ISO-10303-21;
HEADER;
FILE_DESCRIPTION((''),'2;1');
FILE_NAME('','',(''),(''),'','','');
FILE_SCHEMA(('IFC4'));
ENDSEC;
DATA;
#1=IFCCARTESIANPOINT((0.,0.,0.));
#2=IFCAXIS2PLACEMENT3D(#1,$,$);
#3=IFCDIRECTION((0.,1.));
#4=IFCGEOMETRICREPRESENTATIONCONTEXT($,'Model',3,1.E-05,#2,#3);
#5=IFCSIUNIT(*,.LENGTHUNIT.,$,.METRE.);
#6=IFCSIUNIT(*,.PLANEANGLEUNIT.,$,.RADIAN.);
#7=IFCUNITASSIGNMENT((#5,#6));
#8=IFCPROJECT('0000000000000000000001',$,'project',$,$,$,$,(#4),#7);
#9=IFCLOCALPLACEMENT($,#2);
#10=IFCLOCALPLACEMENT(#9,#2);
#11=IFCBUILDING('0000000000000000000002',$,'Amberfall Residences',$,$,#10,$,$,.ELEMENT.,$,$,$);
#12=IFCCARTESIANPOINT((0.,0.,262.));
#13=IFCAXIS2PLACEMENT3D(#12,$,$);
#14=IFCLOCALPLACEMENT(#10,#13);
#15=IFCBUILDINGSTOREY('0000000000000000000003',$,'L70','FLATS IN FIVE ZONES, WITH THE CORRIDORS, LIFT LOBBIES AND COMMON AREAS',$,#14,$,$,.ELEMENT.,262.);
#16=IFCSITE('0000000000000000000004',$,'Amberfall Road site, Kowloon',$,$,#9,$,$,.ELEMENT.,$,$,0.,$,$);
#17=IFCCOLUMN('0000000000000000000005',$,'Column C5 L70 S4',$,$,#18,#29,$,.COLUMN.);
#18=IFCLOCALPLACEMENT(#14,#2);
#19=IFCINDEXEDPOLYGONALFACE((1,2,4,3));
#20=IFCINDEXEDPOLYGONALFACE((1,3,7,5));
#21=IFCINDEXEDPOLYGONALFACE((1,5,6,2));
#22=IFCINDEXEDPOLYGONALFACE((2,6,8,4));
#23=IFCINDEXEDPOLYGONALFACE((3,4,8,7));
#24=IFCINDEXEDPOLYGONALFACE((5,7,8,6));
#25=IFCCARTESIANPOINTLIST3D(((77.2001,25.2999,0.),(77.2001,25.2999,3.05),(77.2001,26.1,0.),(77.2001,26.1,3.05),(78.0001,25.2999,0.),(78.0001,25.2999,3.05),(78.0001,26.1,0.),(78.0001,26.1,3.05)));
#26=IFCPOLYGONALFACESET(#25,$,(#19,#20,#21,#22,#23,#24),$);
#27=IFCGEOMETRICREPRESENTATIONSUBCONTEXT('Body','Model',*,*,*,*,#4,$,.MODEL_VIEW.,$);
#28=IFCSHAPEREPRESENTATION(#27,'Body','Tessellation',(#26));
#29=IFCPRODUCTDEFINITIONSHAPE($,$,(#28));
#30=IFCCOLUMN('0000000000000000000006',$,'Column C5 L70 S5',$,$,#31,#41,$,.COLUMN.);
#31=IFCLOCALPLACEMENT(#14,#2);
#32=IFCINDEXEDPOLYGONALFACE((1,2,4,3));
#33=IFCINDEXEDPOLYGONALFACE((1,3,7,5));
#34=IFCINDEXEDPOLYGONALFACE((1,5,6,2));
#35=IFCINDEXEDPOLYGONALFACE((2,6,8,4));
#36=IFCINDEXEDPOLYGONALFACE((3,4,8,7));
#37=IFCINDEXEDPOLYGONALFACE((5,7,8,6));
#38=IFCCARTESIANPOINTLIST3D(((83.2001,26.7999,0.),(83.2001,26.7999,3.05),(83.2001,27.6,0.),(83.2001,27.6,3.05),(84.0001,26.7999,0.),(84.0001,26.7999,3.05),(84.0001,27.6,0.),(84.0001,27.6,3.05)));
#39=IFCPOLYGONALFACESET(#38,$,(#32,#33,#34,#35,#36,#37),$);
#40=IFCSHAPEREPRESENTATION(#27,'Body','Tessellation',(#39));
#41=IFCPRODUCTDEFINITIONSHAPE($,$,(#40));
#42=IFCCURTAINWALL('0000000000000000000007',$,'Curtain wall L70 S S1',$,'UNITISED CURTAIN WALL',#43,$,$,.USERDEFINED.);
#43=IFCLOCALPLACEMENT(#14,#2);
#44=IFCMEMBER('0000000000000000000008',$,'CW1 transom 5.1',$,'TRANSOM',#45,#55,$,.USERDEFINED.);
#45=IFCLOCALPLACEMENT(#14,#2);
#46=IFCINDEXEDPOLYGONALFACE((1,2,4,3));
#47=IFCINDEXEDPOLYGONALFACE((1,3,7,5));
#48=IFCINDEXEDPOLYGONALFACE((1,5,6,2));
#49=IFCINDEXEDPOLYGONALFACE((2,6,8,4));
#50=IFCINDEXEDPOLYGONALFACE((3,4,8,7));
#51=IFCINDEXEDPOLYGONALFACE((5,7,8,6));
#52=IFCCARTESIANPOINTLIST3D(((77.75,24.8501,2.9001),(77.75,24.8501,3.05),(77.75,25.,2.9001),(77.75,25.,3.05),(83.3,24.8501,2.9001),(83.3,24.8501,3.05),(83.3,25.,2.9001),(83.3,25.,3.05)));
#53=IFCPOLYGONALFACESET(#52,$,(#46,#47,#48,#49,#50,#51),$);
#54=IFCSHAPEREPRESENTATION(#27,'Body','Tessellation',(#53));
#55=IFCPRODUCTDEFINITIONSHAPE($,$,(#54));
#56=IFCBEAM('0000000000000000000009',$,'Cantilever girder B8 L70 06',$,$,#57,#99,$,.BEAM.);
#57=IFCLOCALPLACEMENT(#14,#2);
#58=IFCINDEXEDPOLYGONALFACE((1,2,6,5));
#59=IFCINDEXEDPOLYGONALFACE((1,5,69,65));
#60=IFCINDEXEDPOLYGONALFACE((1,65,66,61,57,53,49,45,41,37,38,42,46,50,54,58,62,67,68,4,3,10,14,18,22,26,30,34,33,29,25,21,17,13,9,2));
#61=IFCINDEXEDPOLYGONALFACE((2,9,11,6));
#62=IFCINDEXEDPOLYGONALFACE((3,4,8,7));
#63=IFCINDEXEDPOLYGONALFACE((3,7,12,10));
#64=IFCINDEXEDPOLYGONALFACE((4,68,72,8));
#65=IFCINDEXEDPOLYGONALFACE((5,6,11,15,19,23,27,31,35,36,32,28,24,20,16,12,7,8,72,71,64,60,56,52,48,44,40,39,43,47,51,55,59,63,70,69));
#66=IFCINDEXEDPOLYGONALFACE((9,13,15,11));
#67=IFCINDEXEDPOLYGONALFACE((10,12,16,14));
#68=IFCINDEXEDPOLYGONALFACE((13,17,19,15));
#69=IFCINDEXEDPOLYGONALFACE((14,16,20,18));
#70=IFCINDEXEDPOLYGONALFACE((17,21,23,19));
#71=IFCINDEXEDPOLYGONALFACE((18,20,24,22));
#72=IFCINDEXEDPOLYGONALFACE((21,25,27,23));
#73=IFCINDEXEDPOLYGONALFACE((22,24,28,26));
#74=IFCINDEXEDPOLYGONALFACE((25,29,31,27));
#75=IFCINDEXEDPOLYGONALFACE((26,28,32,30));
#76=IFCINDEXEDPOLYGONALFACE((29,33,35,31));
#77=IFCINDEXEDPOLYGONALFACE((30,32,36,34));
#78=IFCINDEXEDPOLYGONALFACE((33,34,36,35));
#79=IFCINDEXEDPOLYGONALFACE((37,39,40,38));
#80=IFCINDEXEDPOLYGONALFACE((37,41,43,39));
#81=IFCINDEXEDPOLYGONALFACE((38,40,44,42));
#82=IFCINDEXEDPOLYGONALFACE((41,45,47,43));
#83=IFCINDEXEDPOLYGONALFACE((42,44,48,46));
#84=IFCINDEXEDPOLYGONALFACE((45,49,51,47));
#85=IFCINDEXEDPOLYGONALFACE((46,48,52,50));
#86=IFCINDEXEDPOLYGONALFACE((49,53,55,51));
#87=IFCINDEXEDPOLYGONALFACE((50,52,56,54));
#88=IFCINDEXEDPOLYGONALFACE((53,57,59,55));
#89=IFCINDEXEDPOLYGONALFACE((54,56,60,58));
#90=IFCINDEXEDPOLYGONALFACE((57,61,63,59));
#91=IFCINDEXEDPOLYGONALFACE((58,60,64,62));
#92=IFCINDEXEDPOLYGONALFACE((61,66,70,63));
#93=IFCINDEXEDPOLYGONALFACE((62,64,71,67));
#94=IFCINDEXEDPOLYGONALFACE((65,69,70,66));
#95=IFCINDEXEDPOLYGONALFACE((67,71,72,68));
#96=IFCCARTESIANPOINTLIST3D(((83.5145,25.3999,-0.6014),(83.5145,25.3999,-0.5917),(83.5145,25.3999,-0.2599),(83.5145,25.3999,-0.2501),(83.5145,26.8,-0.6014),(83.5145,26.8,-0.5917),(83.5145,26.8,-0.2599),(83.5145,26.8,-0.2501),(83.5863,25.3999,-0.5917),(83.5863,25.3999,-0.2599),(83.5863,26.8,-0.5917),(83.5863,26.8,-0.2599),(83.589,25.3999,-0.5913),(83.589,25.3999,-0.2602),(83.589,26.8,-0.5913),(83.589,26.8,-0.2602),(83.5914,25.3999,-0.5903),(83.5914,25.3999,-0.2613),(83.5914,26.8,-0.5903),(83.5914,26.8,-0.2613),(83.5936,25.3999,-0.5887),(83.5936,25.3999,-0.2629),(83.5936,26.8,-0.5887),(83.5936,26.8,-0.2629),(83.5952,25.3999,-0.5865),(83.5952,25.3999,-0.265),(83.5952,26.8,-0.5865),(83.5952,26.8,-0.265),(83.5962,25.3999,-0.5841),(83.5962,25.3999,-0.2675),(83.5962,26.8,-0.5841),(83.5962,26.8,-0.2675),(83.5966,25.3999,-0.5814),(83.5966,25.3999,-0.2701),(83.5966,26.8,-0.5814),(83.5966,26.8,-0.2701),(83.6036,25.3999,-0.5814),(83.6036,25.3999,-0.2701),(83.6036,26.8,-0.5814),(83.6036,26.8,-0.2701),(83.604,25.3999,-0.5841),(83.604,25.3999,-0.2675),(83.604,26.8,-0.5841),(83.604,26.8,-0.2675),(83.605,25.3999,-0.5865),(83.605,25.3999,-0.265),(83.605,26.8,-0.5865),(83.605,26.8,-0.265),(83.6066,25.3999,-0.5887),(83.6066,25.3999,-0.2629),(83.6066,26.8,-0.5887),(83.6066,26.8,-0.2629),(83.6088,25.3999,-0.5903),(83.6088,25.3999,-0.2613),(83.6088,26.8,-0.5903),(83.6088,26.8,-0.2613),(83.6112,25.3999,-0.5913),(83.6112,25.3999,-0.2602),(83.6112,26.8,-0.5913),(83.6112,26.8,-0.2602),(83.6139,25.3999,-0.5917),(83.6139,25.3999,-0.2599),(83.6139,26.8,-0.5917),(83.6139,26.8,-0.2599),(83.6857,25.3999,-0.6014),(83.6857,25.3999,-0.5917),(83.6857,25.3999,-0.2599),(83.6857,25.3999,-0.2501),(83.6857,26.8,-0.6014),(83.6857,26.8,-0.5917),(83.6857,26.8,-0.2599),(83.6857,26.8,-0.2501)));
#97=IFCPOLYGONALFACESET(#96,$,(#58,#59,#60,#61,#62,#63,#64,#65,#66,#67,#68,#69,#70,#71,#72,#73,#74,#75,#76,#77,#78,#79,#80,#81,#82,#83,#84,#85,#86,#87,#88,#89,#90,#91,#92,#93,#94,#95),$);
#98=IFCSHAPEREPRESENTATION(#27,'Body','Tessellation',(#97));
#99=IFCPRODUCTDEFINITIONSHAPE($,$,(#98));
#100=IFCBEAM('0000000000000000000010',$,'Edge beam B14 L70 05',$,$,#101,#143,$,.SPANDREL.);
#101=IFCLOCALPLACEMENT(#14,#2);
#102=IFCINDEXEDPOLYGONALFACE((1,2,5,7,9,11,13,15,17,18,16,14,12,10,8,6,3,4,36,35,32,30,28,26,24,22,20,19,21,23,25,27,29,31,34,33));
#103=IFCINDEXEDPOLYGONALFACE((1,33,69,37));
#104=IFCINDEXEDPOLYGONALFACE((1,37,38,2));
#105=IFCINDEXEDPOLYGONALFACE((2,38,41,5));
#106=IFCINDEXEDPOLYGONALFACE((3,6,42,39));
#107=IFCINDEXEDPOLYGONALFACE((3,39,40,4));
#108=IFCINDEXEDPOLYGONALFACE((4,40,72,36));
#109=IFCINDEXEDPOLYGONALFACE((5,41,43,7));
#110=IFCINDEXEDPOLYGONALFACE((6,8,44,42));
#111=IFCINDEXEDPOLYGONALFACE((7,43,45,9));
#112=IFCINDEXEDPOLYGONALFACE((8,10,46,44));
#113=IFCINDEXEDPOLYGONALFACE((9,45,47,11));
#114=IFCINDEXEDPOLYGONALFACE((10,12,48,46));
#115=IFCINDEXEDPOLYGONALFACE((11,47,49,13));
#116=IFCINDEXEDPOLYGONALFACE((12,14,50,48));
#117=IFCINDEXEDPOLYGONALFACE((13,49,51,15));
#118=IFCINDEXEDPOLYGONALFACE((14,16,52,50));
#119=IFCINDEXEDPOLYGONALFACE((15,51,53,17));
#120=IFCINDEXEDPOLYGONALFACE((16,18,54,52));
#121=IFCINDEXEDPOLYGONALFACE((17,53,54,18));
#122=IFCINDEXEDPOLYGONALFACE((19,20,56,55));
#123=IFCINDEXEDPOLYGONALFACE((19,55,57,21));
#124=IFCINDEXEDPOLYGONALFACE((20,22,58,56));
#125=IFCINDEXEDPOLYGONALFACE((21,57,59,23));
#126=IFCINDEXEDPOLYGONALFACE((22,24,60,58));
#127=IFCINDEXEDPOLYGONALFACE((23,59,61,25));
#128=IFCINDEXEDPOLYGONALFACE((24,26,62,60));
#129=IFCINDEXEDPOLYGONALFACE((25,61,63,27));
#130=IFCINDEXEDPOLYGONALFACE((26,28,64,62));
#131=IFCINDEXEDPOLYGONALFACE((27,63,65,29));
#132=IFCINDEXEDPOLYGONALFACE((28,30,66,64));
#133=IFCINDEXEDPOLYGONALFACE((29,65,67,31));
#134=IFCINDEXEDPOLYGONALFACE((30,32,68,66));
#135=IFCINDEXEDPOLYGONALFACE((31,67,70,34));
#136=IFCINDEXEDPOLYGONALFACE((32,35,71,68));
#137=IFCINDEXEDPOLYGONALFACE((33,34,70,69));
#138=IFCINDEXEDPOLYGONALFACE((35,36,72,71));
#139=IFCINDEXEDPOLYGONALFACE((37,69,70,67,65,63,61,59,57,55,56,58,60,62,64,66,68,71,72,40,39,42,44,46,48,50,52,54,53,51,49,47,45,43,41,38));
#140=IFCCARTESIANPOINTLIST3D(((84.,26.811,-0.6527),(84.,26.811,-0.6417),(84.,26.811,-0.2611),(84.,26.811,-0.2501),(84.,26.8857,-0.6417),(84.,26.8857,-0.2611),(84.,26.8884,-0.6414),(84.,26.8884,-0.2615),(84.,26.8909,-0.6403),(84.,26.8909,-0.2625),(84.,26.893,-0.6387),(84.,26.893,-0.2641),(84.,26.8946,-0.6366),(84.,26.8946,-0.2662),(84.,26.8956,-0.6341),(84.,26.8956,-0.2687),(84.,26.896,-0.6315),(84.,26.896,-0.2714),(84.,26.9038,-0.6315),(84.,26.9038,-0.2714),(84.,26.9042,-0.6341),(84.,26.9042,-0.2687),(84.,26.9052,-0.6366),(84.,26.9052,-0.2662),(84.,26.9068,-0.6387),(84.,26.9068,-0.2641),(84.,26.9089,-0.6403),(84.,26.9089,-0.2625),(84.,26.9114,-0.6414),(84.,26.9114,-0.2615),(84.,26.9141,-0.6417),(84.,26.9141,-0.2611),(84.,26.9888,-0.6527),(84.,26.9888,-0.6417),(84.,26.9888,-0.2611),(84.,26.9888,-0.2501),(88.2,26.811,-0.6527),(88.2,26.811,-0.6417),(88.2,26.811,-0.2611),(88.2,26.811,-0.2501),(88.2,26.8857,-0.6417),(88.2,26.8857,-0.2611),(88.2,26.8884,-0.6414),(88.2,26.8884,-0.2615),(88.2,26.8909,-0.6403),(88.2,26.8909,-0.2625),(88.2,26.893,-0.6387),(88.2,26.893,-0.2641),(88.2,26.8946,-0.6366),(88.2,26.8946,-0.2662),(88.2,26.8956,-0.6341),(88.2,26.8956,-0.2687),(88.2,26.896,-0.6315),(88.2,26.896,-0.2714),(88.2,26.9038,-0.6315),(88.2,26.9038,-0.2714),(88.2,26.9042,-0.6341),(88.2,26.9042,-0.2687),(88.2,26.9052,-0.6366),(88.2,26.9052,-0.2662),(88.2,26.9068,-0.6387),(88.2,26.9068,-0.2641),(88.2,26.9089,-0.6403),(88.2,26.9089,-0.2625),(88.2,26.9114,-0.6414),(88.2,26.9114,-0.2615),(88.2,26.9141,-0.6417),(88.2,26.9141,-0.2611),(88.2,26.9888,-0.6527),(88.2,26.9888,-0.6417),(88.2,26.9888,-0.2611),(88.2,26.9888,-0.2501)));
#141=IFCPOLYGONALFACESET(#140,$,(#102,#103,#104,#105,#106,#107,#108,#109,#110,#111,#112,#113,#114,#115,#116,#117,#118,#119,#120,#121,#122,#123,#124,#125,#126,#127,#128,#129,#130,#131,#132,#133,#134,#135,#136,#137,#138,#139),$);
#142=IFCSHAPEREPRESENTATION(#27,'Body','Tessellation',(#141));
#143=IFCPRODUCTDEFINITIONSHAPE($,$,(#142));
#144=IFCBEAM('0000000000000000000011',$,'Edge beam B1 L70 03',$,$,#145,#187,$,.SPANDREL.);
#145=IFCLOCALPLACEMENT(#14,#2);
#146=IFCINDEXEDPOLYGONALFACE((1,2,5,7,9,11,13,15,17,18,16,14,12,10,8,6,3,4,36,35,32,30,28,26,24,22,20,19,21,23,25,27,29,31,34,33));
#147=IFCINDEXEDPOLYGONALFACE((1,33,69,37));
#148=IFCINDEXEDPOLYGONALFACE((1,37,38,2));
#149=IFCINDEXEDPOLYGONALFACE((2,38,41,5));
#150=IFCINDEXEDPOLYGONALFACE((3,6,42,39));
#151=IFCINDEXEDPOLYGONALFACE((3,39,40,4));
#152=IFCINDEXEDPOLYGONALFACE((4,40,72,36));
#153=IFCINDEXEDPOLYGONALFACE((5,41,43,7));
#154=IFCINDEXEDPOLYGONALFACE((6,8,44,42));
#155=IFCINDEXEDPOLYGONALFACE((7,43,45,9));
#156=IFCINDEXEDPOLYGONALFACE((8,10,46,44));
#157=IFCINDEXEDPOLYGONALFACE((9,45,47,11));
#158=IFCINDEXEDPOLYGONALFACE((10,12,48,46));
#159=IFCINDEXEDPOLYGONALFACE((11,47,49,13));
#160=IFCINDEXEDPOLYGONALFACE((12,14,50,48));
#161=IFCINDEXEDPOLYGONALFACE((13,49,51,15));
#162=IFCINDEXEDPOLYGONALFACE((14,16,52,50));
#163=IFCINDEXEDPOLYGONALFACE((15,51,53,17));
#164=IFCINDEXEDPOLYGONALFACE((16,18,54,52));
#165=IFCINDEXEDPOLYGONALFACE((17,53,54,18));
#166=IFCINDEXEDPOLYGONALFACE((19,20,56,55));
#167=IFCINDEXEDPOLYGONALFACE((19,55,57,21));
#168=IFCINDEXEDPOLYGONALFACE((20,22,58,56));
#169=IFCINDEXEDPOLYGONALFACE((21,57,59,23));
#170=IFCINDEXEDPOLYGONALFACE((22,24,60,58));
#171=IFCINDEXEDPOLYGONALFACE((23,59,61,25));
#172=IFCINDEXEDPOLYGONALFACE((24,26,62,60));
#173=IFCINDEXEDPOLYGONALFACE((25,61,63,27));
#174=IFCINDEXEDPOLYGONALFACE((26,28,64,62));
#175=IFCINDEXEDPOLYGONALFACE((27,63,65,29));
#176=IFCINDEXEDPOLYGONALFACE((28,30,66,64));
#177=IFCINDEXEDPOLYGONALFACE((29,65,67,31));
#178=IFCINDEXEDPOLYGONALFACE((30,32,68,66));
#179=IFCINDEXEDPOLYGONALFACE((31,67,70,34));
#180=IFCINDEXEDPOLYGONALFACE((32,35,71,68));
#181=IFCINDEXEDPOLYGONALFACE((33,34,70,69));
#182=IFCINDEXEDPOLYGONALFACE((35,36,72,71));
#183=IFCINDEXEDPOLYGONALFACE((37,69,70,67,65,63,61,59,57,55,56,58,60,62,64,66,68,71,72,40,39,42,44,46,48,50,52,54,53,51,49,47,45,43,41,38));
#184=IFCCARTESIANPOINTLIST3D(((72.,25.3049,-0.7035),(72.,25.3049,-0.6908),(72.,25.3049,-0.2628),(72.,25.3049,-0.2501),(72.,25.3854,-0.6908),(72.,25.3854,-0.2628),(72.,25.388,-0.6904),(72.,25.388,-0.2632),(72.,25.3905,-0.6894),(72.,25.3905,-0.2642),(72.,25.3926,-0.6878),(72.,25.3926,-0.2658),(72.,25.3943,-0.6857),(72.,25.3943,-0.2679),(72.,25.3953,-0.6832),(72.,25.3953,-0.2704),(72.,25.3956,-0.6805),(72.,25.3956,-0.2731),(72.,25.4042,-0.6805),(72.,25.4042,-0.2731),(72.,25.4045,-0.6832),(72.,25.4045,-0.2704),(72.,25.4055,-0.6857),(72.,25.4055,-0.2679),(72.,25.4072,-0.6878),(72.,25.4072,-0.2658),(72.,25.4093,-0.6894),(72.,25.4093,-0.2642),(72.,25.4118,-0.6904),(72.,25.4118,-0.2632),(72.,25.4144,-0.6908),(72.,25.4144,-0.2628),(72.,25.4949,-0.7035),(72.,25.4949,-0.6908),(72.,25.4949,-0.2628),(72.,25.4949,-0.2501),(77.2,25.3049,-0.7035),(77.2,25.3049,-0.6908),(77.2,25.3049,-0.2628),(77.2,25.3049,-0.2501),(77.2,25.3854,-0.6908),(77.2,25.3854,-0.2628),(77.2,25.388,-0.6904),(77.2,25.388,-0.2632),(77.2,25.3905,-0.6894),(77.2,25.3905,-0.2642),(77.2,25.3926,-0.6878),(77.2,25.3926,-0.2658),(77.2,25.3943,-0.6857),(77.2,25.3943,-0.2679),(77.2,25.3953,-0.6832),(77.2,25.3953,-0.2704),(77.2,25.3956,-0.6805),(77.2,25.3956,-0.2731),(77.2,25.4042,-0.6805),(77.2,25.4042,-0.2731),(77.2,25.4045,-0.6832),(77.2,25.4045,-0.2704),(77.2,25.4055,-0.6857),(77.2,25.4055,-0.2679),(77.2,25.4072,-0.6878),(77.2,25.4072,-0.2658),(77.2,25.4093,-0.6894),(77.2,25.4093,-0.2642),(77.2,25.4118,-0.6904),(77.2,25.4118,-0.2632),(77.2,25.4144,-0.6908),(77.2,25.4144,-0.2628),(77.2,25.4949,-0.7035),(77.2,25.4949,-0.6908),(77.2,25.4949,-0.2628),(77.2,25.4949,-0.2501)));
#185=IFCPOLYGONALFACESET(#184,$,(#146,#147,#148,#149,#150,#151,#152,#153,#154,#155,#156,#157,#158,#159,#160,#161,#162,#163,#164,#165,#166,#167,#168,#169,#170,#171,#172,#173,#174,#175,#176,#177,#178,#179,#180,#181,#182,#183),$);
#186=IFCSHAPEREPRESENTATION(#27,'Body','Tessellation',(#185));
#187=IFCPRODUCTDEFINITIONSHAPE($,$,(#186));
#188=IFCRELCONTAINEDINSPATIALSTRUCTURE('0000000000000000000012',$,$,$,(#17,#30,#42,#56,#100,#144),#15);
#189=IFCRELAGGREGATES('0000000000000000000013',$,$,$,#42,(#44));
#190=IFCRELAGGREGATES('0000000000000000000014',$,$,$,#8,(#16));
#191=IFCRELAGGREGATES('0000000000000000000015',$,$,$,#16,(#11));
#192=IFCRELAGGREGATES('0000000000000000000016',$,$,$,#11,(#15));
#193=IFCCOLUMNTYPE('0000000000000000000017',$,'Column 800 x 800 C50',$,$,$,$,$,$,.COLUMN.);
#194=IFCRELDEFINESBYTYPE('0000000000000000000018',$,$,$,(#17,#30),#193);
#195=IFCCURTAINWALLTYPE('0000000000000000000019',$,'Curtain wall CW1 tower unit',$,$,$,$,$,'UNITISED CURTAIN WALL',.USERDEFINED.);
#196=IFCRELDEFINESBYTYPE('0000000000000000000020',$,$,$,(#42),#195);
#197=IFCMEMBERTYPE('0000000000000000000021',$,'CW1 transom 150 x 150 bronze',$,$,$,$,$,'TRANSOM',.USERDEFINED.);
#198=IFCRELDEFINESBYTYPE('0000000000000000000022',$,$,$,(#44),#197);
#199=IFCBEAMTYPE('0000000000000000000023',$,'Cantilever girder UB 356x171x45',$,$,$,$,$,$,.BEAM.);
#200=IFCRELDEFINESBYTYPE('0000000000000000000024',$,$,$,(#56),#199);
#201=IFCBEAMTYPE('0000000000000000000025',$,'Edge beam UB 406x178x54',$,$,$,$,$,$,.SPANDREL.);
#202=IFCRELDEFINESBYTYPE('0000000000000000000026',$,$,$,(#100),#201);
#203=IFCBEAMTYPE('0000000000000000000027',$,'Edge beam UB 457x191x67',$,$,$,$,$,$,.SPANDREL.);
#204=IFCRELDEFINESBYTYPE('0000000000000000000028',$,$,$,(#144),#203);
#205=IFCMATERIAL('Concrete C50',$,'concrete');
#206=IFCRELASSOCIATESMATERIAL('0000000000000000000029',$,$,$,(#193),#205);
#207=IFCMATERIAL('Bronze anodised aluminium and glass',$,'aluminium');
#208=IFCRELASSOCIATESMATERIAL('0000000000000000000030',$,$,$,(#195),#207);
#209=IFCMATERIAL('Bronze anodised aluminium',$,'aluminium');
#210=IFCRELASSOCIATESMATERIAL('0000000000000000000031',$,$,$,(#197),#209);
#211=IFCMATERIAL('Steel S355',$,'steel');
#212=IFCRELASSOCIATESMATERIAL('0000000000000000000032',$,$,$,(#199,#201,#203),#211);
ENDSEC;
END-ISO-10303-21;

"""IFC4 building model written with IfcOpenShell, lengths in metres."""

from ifc_helpers import new_model, si_unit, direction, frame, origin, origin_2d, place, context, subcontext, project, spatial, rectangle, i_section, extrude, material, material_profile, profile_set, type_object, element, aggregate, save


model = new_model("IFC4")

# Units and contexts
model_context = context("Model", 3, precision=1e-05, world=origin(), true_north=direction((0.0, 1.0)))
body_context = subcontext(model_context, "Body", "Model", "MODEL_VIEW")
ifc_project = project(units=[si_unit("LENGTHUNIT", "METRE"), si_unit("PLANEANGLEUNIT", "RADIAN")], contexts=[model_context])

# Site, building, storey
site_placement = place(None, origin())
site = spatial("IfcSite", under=ifc_project, at=site_placement, Name="Amberfall Road site, Kowloon", CompositionType="ELEMENT", RefElevation=0.0)
building_placement = place(site_placement, origin())
building = spatial("IfcBuilding", under=site, at=building_placement, Name="Amberfall Residences", CompositionType="ELEMENT")
storey_placement = place(building_placement, frame((0.0, 0.0, 262.0)))
storey = spatial("IfcBuildingStorey", under=building, at=storey_placement, Name="L70", Description="FLATS IN FIVE ZONES, WITH THE CORRIDORS, LIFT LOBBIES AND COMMON AREAS", CompositionType="ELEMENT", Elevation=262.0)

# Columns
ifc_material_1 = material(Name="Concrete C50", Category="concrete")
ifc_material_profile_1 = material_profile(ifc_material_1, rectangle(XDim=0.8, YDim=0.8, at=origin_2d()), Name="Column 800 x 800 C50")
ifc_profile_set_1 = profile_set([ifc_material_profile_1], Name="Concrete C50")
column_type = type_object("IfcColumnType", Name="Column 800 x 800 C50", PredefinedType="COLUMN", material=ifc_profile_set_1)
for number, where, z_axis, x_axis, name in (
    (1, (77.6001, 25.7, 0.0), (0.0, 0.0, 1.0), (1.0, 0.0, 0.0), "Column C5 L70 S4"),
    (2, (83.6001, 27.2, 0.0), (0.0, 0.0, 1.0), (1.0, 0.0, 0.0), "Column C5 L70 S5"),
):
    element("IfcColumn", number, at=place(storey_placement, frame(where, z_axis=z_axis, x_axis=x_axis)), inside=storey, type_object=column_type, Name=name, PredefinedType="COLUMN", context=body_context, shape_type="SweptSolid", body=[
        extrude(rectangle(XDim=0.8, YDim=0.8, at=origin_2d()), origin(), (0.0, 0.0, 1.0), 3.05),
    ])

# Curtain wall, member
ifc_material_2 = material(Name="Bronze anodised aluminium and glass", Category="aluminium")
curtain_wall_type = type_object("IfcCurtainWallType", Name="Curtain wall CW1 tower unit", ElementType="UNITISED CURTAIN WALL", PredefinedType="USERDEFINED", material=ifc_material_2)
curtain_wall_placement = place(storey_placement, origin())
curtain_wall = element("IfcCurtainWall", 3, at=curtain_wall_placement, inside=storey, type_object=curtain_wall_type, Name="Curtain wall L70 S S1", ObjectType="UNITISED CURTAIN WALL", PredefinedType="USERDEFINED")
ifc_material_3 = material(Name="Bronze anodised aluminium", Category="aluminium")
ifc_material_profile_2 = material_profile(ifc_material_3, rectangle(XDim=0.1499, YDim=0.1499, at=origin_2d()), Name="CW1 transom 150 x 150 bronze")
ifc_profile_set_2 = profile_set([ifc_material_profile_2], Name="Bronze anodised aluminium")
member_type_1 = type_object("IfcMemberType", Name="CW1 transom 150 x 150 bronze", ElementType="TRANSOM", PredefinedType="USERDEFINED", material=ifc_profile_set_2)
member_1_placement = place(storey_placement, frame((77.75, 24.925, 2.9751), z_axis=(1.0, 0.0, 0.0), x_axis=(0.0, 1.0, 0.0)))
member_1 = element("IfcMember", 4, at=member_1_placement, type_object=member_type_1, Name="CW1 transom 5.1", ObjectType="TRANSOM", PredefinedType="USERDEFINED", context=body_context, shape_type="SweptSolid", body=[
    extrude(rectangle(XDim=0.1499, YDim=0.1499, at=origin_2d()), origin(), (0.0, 0.0, 1.0), 5.55),
])

# Beams
ifc_material_4 = material(Name="Steel S355", Category="steel")
ifc_material_profile_3 = material_profile(ifc_material_4, i_section(OverallWidth=0.1711, OverallDepth=0.3513, WebThickness=0.0071, FlangeThickness=0.0098, FilletRadius=0.0103, at=origin_2d()), Name="UB 356x171x45")
ifc_profile_set_3 = profile_set([ifc_material_profile_3], Name="Steel S355")
beam_type_1 = type_object("IfcBeamType", Name="Cantilever girder UB 356x171x45", PredefinedType="BEAM", material=ifc_profile_set_3)
beam_1_placement = place(storey_placement, frame((83.6001, 26.8, -0.4258), z_axis=(0.0, -1.0, 0.0), x_axis=(1.0, 0.0, 0.0)))
element("IfcBeam", 5, at=beam_1_placement, inside=storey, type_object=beam_type_1, Name="Cantilever girder B8 L70 06", PredefinedType="BEAM", context=body_context, shape_type="SweptSolid", body=[
    extrude(i_section(OverallWidth=0.1711, OverallDepth=0.3513, WebThickness=0.0071, FlangeThickness=0.0098, FilletRadius=0.0103, at=origin_2d()), origin(), (0.0, 0.0, 1.0), 1.4001),
])
ifc_material_profile_4 = material_profile(ifc_material_4, i_section(OverallWidth=0.1777, OverallDepth=0.4026, WebThickness=0.0078, FlangeThickness=0.011, FilletRadius=0.0103, at=origin_2d()), Name="UB 406x178x54")
ifc_profile_set_4 = profile_set([ifc_material_profile_4], Name="Steel S355")
beam_type_2 = type_object("IfcBeamType", Name="Edge beam UB 406x178x54", PredefinedType="SPANDREL", material=ifc_profile_set_4)
beam_2_placement = place(storey_placement, frame((84.0, 26.8999, -0.4514), z_axis=(1.0, 0.0, 0.0), x_axis=(0.0, 1.0, 0.0)))
element("IfcBeam", 6, at=beam_2_placement, inside=storey, type_object=beam_type_2, Name="Edge beam B14 L70 05", PredefinedType="SPANDREL", context=body_context, shape_type="SweptSolid", body=[
    extrude(i_section(OverallWidth=0.1777, OverallDepth=0.4026, WebThickness=0.0078, FlangeThickness=0.011, FilletRadius=0.0103, at=origin_2d()), origin(), (0.0, 0.0, 1.0), 4.2),
])
ifc_material_profile_5 = material_profile(ifc_material_4, i_section(OverallWidth=0.1899, OverallDepth=0.4534, WebThickness=0.0085, FlangeThickness=0.0127, FilletRadius=0.0103, at=origin_2d()), Name="UB 457x191x67")
ifc_profile_set_5 = profile_set([ifc_material_profile_5], Name="Steel S355")
beam_type_3 = type_object("IfcBeamType", Name="Edge beam UB 457x191x67", PredefinedType="SPANDREL", material=ifc_profile_set_5)
beam_3_placement = place(storey_placement, frame((72.0, 25.3999, -0.4768), z_axis=(1.0, 0.0, 0.0), x_axis=(0.0, 1.0, 0.0)))
element("IfcBeam", 7, at=beam_3_placement, inside=storey, type_object=beam_type_3, Name="Edge beam B1 L70 03", PredefinedType="SPANDREL", context=body_context, shape_type="SweptSolid", body=[
    extrude(i_section(OverallWidth=0.1899, OverallDepth=0.4534, WebThickness=0.0085, FlangeThickness=0.0127, FilletRadius=0.0103, at=origin_2d()), origin(), (0.0, 0.0, 1.0), 5.2),
])

aggregate(curtain_wall, [member_1])

save(model, "model.ifc")
